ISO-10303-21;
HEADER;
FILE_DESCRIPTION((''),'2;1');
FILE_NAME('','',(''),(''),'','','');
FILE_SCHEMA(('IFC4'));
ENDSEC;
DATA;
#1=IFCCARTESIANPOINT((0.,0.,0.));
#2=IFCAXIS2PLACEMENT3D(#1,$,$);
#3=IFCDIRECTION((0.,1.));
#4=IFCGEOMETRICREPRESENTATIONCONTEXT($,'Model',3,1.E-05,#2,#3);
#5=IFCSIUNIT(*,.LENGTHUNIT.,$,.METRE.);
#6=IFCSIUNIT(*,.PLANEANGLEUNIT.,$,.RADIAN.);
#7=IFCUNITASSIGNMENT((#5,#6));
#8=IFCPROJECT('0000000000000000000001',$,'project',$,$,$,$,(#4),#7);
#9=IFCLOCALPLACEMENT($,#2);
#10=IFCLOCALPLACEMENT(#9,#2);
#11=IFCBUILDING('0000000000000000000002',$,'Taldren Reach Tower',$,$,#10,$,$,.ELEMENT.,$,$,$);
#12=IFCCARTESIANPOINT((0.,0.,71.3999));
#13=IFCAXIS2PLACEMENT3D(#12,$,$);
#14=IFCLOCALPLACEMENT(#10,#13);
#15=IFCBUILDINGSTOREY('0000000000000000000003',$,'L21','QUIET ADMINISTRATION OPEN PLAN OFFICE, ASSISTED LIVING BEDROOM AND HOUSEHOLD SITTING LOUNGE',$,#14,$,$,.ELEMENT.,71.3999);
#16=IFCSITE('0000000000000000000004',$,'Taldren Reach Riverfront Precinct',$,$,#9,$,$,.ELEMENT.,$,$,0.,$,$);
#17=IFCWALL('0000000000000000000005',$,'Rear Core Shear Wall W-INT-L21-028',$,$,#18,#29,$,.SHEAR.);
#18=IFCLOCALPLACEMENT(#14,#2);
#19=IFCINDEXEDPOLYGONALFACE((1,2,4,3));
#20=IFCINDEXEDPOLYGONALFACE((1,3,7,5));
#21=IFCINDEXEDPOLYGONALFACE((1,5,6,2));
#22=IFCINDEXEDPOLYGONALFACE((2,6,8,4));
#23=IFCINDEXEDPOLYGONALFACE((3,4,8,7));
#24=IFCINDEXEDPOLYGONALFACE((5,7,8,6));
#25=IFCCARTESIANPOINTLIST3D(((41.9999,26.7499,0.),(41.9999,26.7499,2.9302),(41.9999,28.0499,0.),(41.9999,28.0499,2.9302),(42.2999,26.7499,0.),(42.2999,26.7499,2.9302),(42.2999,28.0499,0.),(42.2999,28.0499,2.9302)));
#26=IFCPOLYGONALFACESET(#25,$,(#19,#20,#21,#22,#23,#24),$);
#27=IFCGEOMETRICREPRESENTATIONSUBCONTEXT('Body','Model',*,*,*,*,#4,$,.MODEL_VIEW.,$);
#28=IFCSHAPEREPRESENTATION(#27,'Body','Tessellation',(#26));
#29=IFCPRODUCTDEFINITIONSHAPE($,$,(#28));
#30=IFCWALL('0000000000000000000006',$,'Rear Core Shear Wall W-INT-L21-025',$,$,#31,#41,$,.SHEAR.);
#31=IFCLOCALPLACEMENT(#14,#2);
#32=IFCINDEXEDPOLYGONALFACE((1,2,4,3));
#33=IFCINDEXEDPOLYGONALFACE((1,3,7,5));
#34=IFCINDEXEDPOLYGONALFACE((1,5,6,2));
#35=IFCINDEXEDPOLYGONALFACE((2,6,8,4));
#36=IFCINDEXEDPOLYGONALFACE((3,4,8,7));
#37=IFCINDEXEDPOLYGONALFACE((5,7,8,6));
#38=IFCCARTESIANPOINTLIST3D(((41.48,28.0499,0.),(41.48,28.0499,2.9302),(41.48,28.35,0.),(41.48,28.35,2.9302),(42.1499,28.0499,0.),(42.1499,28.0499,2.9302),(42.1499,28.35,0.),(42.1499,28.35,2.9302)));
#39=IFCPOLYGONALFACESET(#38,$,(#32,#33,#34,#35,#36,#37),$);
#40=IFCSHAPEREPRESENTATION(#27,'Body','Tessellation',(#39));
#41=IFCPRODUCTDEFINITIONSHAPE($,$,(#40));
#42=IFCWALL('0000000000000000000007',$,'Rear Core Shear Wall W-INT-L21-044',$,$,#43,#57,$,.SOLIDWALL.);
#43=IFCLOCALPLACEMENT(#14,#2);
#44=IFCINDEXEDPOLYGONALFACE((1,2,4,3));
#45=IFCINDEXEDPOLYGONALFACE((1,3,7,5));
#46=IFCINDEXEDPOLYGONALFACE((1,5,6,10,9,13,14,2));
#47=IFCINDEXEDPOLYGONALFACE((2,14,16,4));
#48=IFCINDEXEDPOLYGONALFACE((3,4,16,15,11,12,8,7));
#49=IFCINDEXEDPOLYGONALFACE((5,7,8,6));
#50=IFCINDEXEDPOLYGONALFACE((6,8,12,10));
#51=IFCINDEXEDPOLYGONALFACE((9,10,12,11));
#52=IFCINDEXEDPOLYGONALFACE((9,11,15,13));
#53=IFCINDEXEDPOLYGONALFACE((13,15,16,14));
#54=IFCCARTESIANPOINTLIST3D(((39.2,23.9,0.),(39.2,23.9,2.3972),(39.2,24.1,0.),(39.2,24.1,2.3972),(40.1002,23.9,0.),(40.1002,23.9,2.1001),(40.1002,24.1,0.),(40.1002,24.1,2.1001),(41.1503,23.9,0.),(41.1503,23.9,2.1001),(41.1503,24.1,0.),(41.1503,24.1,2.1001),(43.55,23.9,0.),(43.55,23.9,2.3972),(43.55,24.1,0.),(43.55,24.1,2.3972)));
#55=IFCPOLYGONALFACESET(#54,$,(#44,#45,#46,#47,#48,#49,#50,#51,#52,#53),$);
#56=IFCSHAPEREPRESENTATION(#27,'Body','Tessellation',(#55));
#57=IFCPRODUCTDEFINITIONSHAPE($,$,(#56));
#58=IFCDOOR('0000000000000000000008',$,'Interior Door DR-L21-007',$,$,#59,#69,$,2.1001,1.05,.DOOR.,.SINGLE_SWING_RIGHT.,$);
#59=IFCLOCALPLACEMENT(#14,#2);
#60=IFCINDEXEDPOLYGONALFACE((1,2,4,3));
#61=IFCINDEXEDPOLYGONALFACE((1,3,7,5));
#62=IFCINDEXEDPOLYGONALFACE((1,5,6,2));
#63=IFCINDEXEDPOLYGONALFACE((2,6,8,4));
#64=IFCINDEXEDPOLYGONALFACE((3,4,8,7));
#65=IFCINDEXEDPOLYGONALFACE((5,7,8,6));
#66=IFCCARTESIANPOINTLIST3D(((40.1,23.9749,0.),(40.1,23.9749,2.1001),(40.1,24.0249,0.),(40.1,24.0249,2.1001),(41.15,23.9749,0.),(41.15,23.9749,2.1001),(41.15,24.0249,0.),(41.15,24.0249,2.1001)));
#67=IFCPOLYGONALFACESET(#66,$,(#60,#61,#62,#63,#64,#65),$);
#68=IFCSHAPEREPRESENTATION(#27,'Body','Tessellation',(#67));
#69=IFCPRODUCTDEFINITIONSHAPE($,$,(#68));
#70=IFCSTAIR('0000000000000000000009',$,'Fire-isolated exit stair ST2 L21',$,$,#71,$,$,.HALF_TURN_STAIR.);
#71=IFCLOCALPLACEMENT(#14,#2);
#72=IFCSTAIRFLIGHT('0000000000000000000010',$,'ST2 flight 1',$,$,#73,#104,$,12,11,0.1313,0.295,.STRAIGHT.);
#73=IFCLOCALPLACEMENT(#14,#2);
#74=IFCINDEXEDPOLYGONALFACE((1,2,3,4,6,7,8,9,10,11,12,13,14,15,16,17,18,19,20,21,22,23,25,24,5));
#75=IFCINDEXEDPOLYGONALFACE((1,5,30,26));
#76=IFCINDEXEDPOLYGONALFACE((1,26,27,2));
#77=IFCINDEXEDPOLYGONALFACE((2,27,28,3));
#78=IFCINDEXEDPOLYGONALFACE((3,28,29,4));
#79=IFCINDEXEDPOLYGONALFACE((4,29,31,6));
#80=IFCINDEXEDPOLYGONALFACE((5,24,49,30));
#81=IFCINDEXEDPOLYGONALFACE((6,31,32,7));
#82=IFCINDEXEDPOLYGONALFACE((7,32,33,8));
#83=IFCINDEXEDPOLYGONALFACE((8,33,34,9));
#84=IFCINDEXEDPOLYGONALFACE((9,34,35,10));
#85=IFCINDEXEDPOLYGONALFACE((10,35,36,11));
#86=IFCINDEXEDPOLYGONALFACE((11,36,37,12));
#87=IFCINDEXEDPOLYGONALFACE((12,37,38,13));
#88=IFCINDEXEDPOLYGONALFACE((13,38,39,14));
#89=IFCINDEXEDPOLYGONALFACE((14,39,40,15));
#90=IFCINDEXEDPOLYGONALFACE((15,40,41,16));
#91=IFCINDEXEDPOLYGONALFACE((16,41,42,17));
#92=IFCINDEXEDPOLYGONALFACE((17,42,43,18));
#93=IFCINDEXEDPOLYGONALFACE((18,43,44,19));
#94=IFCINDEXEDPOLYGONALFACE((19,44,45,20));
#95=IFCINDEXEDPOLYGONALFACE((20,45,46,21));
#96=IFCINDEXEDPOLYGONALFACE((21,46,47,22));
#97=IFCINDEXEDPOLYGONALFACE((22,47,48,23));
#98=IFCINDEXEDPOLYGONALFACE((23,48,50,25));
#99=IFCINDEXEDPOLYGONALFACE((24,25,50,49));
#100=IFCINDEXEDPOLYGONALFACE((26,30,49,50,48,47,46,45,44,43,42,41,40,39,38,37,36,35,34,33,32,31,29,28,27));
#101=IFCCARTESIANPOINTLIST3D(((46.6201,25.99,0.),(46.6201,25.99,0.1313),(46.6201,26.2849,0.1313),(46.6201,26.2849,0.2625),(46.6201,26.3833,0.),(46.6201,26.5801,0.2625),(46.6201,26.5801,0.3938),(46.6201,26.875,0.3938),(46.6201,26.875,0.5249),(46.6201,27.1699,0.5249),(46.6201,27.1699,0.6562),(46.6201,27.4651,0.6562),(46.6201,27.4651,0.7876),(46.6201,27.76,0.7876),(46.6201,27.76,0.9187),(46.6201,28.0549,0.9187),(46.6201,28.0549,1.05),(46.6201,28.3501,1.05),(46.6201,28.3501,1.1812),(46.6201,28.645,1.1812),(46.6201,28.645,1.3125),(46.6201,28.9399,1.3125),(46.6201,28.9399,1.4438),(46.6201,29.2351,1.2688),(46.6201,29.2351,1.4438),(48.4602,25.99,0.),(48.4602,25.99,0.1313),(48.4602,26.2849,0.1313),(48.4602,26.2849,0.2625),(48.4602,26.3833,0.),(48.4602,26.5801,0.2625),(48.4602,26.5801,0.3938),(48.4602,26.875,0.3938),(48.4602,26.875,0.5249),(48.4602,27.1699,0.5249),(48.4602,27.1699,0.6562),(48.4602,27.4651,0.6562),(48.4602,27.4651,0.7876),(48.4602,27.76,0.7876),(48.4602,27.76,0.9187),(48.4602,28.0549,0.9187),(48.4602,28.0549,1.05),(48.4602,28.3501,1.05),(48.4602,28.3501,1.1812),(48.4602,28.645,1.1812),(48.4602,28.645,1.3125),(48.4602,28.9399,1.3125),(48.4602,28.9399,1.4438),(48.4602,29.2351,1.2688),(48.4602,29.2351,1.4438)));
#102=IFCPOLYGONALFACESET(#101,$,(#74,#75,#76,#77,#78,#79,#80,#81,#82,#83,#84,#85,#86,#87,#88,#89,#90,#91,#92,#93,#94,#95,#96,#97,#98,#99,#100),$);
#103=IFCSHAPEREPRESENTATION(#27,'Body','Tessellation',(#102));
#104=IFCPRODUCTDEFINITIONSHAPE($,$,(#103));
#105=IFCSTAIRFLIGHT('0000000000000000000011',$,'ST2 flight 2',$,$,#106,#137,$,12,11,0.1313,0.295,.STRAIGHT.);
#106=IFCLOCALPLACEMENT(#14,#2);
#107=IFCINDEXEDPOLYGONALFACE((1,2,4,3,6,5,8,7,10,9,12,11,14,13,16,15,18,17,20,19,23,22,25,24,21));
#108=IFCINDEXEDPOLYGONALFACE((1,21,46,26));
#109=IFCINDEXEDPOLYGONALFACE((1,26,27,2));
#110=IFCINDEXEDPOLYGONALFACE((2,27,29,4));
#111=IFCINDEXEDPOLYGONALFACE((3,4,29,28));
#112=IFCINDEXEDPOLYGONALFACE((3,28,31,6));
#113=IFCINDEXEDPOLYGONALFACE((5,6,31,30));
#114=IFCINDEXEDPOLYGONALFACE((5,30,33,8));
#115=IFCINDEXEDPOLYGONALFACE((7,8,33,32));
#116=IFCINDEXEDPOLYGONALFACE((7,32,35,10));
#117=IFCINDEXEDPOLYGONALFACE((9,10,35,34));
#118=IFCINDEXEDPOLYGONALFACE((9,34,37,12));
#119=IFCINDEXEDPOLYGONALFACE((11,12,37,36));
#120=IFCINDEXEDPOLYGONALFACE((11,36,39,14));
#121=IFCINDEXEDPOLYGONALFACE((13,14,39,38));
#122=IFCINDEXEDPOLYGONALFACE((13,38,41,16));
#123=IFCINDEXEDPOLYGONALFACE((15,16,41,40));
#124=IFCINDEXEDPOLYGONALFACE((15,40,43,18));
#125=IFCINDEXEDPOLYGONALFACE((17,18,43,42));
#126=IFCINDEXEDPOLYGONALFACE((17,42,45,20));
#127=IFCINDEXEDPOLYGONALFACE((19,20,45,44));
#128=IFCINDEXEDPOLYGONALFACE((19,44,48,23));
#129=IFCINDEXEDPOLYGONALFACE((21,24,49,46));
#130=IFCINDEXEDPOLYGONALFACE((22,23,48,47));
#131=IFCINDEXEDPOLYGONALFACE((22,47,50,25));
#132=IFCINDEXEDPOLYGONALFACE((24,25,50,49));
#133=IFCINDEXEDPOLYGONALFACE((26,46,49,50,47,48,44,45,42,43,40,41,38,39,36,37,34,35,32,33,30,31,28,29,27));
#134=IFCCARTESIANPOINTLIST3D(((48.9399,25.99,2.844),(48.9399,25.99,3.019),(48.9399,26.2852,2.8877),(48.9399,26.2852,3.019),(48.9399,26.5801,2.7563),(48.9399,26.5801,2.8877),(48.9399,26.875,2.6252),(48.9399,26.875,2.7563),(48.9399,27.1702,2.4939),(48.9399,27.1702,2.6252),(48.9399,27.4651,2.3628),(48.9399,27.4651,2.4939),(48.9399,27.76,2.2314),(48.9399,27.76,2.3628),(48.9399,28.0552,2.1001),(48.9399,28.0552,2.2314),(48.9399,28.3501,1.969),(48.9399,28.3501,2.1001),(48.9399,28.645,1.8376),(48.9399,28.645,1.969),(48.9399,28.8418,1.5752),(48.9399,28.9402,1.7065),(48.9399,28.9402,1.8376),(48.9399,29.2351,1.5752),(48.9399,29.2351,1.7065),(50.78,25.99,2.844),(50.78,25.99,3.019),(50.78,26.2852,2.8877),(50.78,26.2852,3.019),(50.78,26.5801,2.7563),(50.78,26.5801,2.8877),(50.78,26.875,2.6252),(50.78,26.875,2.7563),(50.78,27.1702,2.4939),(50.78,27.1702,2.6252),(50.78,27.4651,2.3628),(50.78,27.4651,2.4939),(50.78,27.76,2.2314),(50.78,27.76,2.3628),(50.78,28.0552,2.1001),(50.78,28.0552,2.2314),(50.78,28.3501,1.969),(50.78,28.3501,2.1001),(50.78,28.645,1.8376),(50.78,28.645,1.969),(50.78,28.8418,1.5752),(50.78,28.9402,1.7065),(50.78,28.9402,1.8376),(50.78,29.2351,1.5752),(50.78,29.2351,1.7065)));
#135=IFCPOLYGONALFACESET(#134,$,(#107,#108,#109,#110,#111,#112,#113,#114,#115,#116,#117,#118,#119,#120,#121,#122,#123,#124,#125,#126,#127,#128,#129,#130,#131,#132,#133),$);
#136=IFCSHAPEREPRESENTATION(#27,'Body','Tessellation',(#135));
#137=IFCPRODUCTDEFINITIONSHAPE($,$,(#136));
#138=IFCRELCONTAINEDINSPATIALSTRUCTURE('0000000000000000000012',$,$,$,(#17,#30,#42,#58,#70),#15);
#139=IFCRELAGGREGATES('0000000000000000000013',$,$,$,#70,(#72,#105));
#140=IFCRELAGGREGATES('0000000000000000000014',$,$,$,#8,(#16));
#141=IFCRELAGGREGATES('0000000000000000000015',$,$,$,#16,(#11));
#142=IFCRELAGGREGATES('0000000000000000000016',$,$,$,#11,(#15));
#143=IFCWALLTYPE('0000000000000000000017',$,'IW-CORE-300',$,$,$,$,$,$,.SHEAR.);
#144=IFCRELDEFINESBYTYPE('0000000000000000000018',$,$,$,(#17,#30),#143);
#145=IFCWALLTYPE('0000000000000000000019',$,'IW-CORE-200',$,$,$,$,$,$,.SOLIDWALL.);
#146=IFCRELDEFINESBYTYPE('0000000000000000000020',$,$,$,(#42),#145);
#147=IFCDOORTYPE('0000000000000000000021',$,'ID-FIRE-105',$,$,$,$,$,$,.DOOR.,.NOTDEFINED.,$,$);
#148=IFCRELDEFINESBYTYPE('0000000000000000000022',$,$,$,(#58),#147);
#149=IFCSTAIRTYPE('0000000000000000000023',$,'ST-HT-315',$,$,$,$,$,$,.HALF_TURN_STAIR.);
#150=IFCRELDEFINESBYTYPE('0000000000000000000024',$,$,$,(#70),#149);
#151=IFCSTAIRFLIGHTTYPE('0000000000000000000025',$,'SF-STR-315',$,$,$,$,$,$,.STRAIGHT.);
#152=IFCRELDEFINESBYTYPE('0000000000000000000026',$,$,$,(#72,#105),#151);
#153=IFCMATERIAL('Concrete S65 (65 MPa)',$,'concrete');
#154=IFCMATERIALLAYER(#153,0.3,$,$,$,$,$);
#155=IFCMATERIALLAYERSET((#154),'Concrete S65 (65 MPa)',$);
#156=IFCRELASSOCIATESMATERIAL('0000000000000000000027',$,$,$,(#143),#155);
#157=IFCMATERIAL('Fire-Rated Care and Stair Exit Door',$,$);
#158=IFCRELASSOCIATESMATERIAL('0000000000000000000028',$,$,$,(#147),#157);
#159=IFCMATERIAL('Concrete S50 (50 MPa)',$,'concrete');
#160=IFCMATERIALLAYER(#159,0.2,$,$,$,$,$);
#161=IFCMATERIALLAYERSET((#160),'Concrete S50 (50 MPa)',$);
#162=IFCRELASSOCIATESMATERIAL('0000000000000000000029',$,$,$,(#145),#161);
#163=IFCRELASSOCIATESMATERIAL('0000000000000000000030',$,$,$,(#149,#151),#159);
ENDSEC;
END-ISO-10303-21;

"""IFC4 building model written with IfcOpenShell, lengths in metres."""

from ifc_helpers import new_model, si_unit, direction, frame, frame_2d, origin, place, context, subcontext, project, spatial, polyline, rectangle, outline, extrude, source, transform, mapped, material, layer, layer_set, type_object, element, fill, aggregate, save


model = new_model("IFC4")

# Units and contexts
model_context = context("Model", 3, precision=1e-05, world=origin(), true_north=direction((0.0, 1.0)))
body_context = subcontext(model_context, "Body", "Model", "MODEL_VIEW")
ifc_project = project(units=[si_unit("LENGTHUNIT", "METRE"), si_unit("PLANEANGLEUNIT", "RADIAN")], contexts=[model_context])

# Site, building, storey
site_placement = place(None, origin())
site = spatial("IfcSite", under=ifc_project, at=site_placement, Name="Taldren Reach Riverfront Precinct", CompositionType="ELEMENT", RefElevation=0.0)
building_placement = place(site_placement, origin())
building = spatial("IfcBuilding", under=site, at=building_placement, Name="Taldren Reach Tower", CompositionType="ELEMENT")
storey_placement = place(building_placement, frame((0.0, 0.0, 71.3999)))
storey = spatial("IfcBuildingStorey", under=building, at=storey_placement, Name="L21", Description="QUIET ADMINISTRATION OPEN PLAN OFFICE, ASSISTED LIVING BEDROOM AND HOUSEHOLD SITTING LOUNGE", CompositionType="ELEMENT", Elevation=71.3999)

# Shared definitions
ifc_material_1 = material(Name="Concrete S65 (65 MPa)", Category="concrete")

# Shared definitions
ifc_layer_1 = layer(ifc_material_1, 0.3)
ifc_layer_set_1 = layer_set([ifc_layer_1], Name="Concrete S65 (65 MPa)")
wall_type_1 = type_object("IfcWallType", Name="IW-CORE-300", PredefinedType="SHEAR", material=ifc_layer_set_1)

# Shared definitions
ifc_material_2 = material(Name="Fire-Rated Care and Stair Exit Door")
door_type_1 = type_object("IfcDoorType", Name="ID-FIRE-105", OperationType="NOTDEFINED", PredefinedType="DOOR", material=ifc_material_2)
shared_shape_1 = source(origin(), body_context, "Body", "SweptSolid", [
    extrude(rectangle(XDim=1.05, YDim=2.1001, at=frame_2d((0.5249, 1.05))), frame((0.0, 0.0249, 0.0), z_axis=(0.0, -1.0, 0.0), x_axis=(1.0, 0.0, 0.0)), (0.0, 0.0, 1.0), 0.05),
])

# Shared definitions
ifc_material_3 = material(Name="Concrete S50 (50 MPa)", Category="concrete")
ifc_layer_2 = layer(ifc_material_3, 0.2)
ifc_layer_set_2 = layer_set([ifc_layer_2], Name="Concrete S50 (50 MPa)")
wall_type_2 = type_object("IfcWallType", Name="IW-CORE-200", PredefinedType="SOLIDWALL", material=ifc_layer_set_2)

# Shared definitions
shared_shape_2 = source(origin(), body_context, "Body", "SweptSolid", [
    extrude(rectangle(XDim=1.05, YDim=2.1001, at=frame_2d((0.5249, 1.05))), frame((0.0, 0.1099, 0.0), z_axis=(0.0, -1.0, 0.0), x_axis=(1.0, 0.0, 0.0)), (0.0, 0.0, 1.0), 0.22),
])

# Walls
shared_shape_3 = source(origin(), body_context, "Body", "SweptSolid", [
    extrude(rectangle(XDim=1.3, YDim=0.3, at=frame_2d((0.6499, 0.0))), origin(), (0.0, 0.0, 1.0), 2.9302),
])
wall_1_placement = place(storey_placement, frame((42.1499, 26.75, 0.0), z_axis=(0.0, 0.0, 1.0), x_axis=(0.0, 1.0, 0.0)))
element("IfcWall", 1, at=wall_1_placement, inside=storey, type_object=wall_type_1, Name="Rear Core Shear Wall W-INT-L21-028", PredefinedType="SHEAR", context=body_context, shape_type="MappedRepresentation", body=[
    mapped(shared_shape_3, transform((0.0, 0.0, 0.0), scale=1.0)),
])
shared_shape_4 = source(origin(), body_context, "Body", "SweptSolid", [
    extrude(rectangle(XDim=0.6699, YDim=0.3, at=frame_2d((0.335, 0.0))), origin(), (0.0, 0.0, 1.0), 2.9302),
])
wall_2_placement = place(storey_placement, frame((42.1499, 28.2, 0.0), z_axis=(0.0, 0.0, 1.0), x_axis=(-1.0, 0.0, 0.0)))
element("IfcWall", 2, at=wall_2_placement, inside=storey, type_object=wall_type_1, Name="Rear Core Shear Wall W-INT-L21-025", PredefinedType="SHEAR", context=body_context, shape_type="MappedRepresentation", body=[
    mapped(shared_shape_4, transform((0.0, 0.0, 0.0), scale=1.0)),
])

# Wall, opening, door
shared_shape_5 = source(origin(), body_context, "Body", "SweptSolid", [
    extrude(rectangle(XDim=4.3501, YDim=0.2, at=frame_2d((2.175, 0.0))), origin(), (0.0, 0.0, 1.0), 2.3972),
])
wall_3_placement = place(storey_placement, frame((43.55, 24.0, 0.0), z_axis=(0.0, 0.0, 1.0), x_axis=(-1.0, 0.0, 0.0)))
wall_3 = element("IfcWall", 3, at=wall_3_placement, inside=storey, type_object=wall_type_2, Name="Rear Core Shear Wall W-INT-L21-044", PredefinedType="SOLIDWALL", context=body_context, shape_type="MappedRepresentation", body=[
    mapped(shared_shape_5, transform((0.0, 0.0, 0.0), scale=1.0)),
])
opening_1_placement = place(wall_3_placement, frame((2.3999, 0.0, 0.0)))
opening_1 = element("IfcOpeningElement", 4, at=opening_1_placement, cuts=wall_3, PredefinedType="OPENING", context=body_context, shape_type="MappedRepresentation", body=[
    mapped(shared_shape_2, transform((0.0, 0.0, 0.0), scale=1.0)),
])
door_1_placement = place(opening_1_placement, frame((1.05, 0.0, 0.0), z_axis=(0.0, 0.0, 1.0), x_axis=(-1.0, 0.0, 0.0)))
door_1 = element("IfcDoor", 5, at=door_1_placement, inside=storey, type_object=door_type_1, Name="Interior Door DR-L21-007", OperationType="SINGLE_SWING_RIGHT", OverallHeight=2.1001, OverallWidth=1.05, PredefinedType="DOOR", context=body_context, shape_type="MappedRepresentation", body=[
    mapped(shared_shape_1, transform((0.0, 0.0, 0.0), scale=1.0)),
])
fill(opening_1, door_1)

# Stair, stair flights
stair_type = type_object("IfcStairType", Name="ST-HT-315", PredefinedType="HALF_TURN_STAIR", material=ifc_material_3)
stair_placement = place(storey_placement, origin())
stair = element("IfcStair", 6, at=stair_placement, inside=storey, type_object=stair_type, Name="Fire-isolated exit stair ST2 L21", PredefinedType="HALF_TURN_STAIR")
stair_flight_type = type_object("IfcStairFlightType", Name="SF-STR-315", PredefinedType="STRAIGHT", material=ifc_material_3)
stair_flight_1_placement = place(storey_placement, frame((47.54, 25.99, 0.0), z_axis=(0.0, 0.0, 1.0), x_axis=(0.0, 1.0, 0.0)))
stair_flight_1 = element("IfcStairFlight", 7, at=stair_flight_1_placement, type_object=stair_flight_type, Name="ST2 flight 1", NumberOfRisers=12, NumberOfTreads=11, PredefinedType="STRAIGHT", RiserHeight=0.1313, TreadLength=0.295, context=body_context, shape_type="SweptSolid", body=[
    extrude(outline(polyline([(0.0, 0.0), (0.0, 0.1313), (0.2949, 0.1313), (0.2949, 0.2625), (0.5901, 0.2625), (0.5901, 0.3938), (0.885, 0.3938), (0.885, 0.5249), (1.1799, 0.5249), (1.1799, 0.6562), (1.4751, 0.6562), (1.4751, 0.7876), (1.77, 0.7876), (1.77, 0.9187), (2.0649, 0.9187), (2.0649, 1.05), (2.3601, 1.05), (2.3601, 1.1812), (2.655, 1.1812), (2.655, 1.3125), (2.95, 1.3125), (2.95, 1.4438), (3.2451, 1.4438), (3.2451, 1.575), (3.2451, 1.2688), (0.3933, 0.0), (0.0, 0.0)])), frame((0.0, 0.9199, 0.0), z_axis=(0.0, -1.0, 0.0), x_axis=(1.0, 0.0, 0.0)), (0.0, 0.0, 1.0), 1.8401),
])
stair_flight_2_placement = place(storey_placement, frame((49.8601, 29.2351, 1.5752), z_axis=(0.0, 0.0, 1.0), x_axis=(0.0, -1.0, 0.0)))
stair_flight_2 = element("IfcStairFlight", 8, at=stair_flight_2_placement, type_object=stair_flight_type, Name="ST2 flight 2", NumberOfRisers=12, NumberOfTreads=11, PredefinedType="STRAIGHT", RiserHeight=0.1313, TreadLength=0.295, context=body_context, shape_type="SweptSolid", body=[
    extrude(outline(polyline([(0.0, 0.0), (0.0, 0.1313), (0.2949, 0.1313), (0.2949, 0.2625), (0.5901, 0.2625), (0.5901, 0.3938), (0.885, 0.3938), (0.885, 0.5249), (1.1799, 0.5249), (1.1799, 0.6562), (1.4751, 0.6562), (1.4751, 0.7876), (1.77, 0.7876), (1.77, 0.9187), (2.0649, 0.9187), (2.0649, 1.05), (2.3601, 1.05), (2.3601, 1.1812), (2.655, 1.1812), (2.655, 1.3125), (2.95, 1.3125), (2.95, 1.4438), (3.2451, 1.4438), (3.2451, 1.575), (3.2451, 1.2688), (0.3933, 0.0), (0.0, 0.0)])), frame((0.0, 0.9199, 0.0), z_axis=(0.0, -1.0, 0.0), x_axis=(1.0, 0.0, 0.0)), (0.0, 0.0, 1.0), 1.8401),
])
aggregate(stair, [stair_flight_1, stair_flight_2])

save(model, "model.ifc")
